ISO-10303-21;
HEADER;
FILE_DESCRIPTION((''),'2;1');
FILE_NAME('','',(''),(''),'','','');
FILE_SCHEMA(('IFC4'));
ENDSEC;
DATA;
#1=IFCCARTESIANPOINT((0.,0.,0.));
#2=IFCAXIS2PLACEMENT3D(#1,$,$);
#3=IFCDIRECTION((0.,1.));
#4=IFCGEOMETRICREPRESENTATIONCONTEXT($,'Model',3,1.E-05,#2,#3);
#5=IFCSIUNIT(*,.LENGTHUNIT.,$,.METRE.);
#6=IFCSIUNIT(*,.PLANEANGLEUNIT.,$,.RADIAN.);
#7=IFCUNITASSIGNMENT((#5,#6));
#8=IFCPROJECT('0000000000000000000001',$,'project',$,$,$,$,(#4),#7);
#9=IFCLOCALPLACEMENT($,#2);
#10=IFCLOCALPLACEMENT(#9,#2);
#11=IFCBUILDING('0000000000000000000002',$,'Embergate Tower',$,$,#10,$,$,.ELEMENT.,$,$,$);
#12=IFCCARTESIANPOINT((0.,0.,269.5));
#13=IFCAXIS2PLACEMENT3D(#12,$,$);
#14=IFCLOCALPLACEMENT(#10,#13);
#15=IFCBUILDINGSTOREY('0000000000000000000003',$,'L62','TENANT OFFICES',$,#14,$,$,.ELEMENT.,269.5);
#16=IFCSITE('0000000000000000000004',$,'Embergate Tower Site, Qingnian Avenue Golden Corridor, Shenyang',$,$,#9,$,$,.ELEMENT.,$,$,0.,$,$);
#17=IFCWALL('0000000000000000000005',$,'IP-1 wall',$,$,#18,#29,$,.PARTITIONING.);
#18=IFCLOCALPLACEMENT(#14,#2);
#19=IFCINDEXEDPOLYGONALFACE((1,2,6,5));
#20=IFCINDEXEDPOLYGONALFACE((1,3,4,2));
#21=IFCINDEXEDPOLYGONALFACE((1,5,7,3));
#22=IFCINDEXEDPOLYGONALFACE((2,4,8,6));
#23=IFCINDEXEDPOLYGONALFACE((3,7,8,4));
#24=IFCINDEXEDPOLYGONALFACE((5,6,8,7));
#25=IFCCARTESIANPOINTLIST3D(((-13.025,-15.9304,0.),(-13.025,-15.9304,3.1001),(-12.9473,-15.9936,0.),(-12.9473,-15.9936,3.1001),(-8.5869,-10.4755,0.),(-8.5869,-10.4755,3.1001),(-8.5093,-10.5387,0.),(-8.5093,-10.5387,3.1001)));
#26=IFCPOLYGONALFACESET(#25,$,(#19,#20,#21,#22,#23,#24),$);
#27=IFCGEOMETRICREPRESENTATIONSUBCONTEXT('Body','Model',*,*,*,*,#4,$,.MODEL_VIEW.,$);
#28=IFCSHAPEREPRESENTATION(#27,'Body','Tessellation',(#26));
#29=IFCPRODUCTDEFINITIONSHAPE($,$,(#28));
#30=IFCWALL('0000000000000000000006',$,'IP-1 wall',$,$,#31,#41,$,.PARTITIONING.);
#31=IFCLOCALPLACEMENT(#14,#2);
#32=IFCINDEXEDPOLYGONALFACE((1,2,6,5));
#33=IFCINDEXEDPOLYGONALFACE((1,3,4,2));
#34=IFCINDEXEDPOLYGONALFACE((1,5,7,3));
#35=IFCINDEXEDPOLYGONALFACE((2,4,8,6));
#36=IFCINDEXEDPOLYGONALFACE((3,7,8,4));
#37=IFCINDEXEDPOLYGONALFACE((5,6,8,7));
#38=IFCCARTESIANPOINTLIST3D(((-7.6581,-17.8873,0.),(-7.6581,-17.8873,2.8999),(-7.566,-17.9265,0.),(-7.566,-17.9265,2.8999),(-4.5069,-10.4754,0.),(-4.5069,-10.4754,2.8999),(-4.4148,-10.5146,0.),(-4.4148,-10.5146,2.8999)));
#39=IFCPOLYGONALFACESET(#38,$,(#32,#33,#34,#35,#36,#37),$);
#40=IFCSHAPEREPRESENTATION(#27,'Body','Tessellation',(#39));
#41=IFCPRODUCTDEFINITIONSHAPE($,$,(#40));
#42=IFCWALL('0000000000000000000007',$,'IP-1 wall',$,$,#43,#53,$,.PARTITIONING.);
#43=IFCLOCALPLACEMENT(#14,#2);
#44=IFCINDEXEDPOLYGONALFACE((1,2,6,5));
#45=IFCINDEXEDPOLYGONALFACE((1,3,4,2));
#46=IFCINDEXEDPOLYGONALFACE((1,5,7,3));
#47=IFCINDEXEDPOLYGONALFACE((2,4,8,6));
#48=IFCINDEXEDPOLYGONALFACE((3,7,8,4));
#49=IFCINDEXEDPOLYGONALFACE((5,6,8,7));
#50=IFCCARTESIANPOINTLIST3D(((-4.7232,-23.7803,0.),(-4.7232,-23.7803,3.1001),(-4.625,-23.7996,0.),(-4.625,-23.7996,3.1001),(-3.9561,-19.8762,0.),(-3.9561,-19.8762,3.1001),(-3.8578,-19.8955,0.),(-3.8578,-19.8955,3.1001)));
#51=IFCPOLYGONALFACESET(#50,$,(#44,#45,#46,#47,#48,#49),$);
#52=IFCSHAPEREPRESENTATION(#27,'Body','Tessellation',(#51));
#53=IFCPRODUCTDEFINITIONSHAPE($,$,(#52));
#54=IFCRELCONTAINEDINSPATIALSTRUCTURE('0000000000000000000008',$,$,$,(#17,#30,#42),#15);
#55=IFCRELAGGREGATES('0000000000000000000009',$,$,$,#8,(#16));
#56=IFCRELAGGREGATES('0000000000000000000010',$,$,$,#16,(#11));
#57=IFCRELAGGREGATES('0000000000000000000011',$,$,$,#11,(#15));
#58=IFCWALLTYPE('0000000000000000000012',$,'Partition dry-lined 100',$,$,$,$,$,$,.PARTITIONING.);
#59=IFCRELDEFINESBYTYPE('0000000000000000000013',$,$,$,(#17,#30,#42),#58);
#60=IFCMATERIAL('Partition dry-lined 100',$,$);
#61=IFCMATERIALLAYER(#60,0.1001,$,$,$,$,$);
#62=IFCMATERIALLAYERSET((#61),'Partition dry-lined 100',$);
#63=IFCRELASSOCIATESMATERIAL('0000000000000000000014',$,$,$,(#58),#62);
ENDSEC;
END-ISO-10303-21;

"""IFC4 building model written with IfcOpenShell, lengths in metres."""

from ifc_helpers import new_model, si_unit, direction, frame, frame_2d, origin, place, context, subcontext, project, spatial, rectangle, extrude, source, transform, mapped, material, layer, layer_set, type_object, element, save


model = new_model("IFC4")

# Units and contexts
model_context = context("Model", 3, precision=1e-05, world=origin(), true_north=direction((0.0, 1.0)))
body_context = subcontext(model_context, "Body", "Model", "MODEL_VIEW")
ifc_project = project(units=[si_unit("LENGTHUNIT", "METRE"), si_unit("PLANEANGLEUNIT", "RADIAN")], contexts=[model_context])

# Site, building, storey
site_placement = place(None, origin())
site = spatial("IfcSite", under=ifc_project, at=site_placement, Name="Embergate Tower Site, Qingnian Avenue Golden Corridor, Shenyang", CompositionType="ELEMENT", RefElevation=0.0)
building_placement = place(site_placement, origin())
building = spatial("IfcBuilding", under=site, at=building_placement, Name="Embergate Tower", CompositionType="ELEMENT")
storey_placement = place(building_placement, frame((0.0, 0.0, 269.5)))
storey = spatial("IfcBuildingStorey", under=building, at=storey_placement, Name="L62", Description="TENANT OFFICES", CompositionType="ELEMENT", Elevation=269.5)

# Walls
ifc_material_1 = material(Name="Partition dry-lined 100")
ifc_layer_1 = layer(ifc_material_1, 0.1001)
ifc_layer_set_1 = layer_set([ifc_layer_1], Name="Partition dry-lined 100")
wall_type_1 = type_object("IfcWallType", Name="Partition dry-lined 100", PredefinedType="PARTITIONING", material=ifc_layer_set_1)
shared_shape_1 = source(origin(), body_context, "Body", "SweptSolid", [
    extrude(rectangle(XDim=7.0322, YDim=0.1001, at=frame_2d((3.5161, 0.0))), origin(), (0.0, 0.0, 1.0), 3.1001),
])
wall_1_placement = place(storey_placement, frame((-8.5481, -10.5071, 0.0), z_axis=(0.0, 0.0, 1.0), x_axis=(-0.631101, -0.775701, 0.0)))
element("IfcWall", 1, at=wall_1_placement, inside=storey, type_object=wall_type_1, Name="IP-1 wall", PredefinedType="PARTITIONING", context=body_context, shape_type="MappedRepresentation", body=[
    mapped(shared_shape_1, transform((0.0, 0.0, 0.0))),
])
shared_shape_2 = source(origin(), body_context, "Body", "SweptSolid", [
    extrude(rectangle(XDim=8.054, YDim=0.1001, at=frame_2d((4.0269, 0.0))), origin(), (0.0, 0.0, 1.0), 2.8999),
])
wall_2_placement = place(storey_placement, frame((-4.4609, -10.4951, 0.0), z_axis=(0.0, 0.0, 1.0), x_axis=(-0.391254, -0.920283, 0.0)))
element("IfcWall", 2, at=wall_2_placement, inside=storey, type_object=wall_type_1, Name="IP-1 wall", PredefinedType="PARTITIONING", context=body_context, shape_type="MappedRepresentation", body=[
    mapped(shared_shape_2, transform((0.0, 0.0, 0.0))),
])
shared_shape_3 = source(origin(), body_context, "Body", "SweptSolid", [
    extrude(rectangle(XDim=3.9788, YDim=0.1001, at=frame_2d((1.9893, 0.0))), origin(), (0.0, 0.0, 1.0), 3.1001),
])
wall_3_placement = place(storey_placement, frame((-3.907, -19.886, 0.0), z_axis=(0.0, 0.0, 1.0), x_axis=(-0.192799, -0.981238, 0.0)))
element("IfcWall", 3, at=wall_3_placement, inside=storey, type_object=wall_type_1, Name="IP-1 wall", PredefinedType="PARTITIONING", context=body_context, shape_type="MappedRepresentation", body=[
    mapped(shared_shape_3, transform((0.0, 0.0, 0.0))),
])

save(model, "model.ifc")
